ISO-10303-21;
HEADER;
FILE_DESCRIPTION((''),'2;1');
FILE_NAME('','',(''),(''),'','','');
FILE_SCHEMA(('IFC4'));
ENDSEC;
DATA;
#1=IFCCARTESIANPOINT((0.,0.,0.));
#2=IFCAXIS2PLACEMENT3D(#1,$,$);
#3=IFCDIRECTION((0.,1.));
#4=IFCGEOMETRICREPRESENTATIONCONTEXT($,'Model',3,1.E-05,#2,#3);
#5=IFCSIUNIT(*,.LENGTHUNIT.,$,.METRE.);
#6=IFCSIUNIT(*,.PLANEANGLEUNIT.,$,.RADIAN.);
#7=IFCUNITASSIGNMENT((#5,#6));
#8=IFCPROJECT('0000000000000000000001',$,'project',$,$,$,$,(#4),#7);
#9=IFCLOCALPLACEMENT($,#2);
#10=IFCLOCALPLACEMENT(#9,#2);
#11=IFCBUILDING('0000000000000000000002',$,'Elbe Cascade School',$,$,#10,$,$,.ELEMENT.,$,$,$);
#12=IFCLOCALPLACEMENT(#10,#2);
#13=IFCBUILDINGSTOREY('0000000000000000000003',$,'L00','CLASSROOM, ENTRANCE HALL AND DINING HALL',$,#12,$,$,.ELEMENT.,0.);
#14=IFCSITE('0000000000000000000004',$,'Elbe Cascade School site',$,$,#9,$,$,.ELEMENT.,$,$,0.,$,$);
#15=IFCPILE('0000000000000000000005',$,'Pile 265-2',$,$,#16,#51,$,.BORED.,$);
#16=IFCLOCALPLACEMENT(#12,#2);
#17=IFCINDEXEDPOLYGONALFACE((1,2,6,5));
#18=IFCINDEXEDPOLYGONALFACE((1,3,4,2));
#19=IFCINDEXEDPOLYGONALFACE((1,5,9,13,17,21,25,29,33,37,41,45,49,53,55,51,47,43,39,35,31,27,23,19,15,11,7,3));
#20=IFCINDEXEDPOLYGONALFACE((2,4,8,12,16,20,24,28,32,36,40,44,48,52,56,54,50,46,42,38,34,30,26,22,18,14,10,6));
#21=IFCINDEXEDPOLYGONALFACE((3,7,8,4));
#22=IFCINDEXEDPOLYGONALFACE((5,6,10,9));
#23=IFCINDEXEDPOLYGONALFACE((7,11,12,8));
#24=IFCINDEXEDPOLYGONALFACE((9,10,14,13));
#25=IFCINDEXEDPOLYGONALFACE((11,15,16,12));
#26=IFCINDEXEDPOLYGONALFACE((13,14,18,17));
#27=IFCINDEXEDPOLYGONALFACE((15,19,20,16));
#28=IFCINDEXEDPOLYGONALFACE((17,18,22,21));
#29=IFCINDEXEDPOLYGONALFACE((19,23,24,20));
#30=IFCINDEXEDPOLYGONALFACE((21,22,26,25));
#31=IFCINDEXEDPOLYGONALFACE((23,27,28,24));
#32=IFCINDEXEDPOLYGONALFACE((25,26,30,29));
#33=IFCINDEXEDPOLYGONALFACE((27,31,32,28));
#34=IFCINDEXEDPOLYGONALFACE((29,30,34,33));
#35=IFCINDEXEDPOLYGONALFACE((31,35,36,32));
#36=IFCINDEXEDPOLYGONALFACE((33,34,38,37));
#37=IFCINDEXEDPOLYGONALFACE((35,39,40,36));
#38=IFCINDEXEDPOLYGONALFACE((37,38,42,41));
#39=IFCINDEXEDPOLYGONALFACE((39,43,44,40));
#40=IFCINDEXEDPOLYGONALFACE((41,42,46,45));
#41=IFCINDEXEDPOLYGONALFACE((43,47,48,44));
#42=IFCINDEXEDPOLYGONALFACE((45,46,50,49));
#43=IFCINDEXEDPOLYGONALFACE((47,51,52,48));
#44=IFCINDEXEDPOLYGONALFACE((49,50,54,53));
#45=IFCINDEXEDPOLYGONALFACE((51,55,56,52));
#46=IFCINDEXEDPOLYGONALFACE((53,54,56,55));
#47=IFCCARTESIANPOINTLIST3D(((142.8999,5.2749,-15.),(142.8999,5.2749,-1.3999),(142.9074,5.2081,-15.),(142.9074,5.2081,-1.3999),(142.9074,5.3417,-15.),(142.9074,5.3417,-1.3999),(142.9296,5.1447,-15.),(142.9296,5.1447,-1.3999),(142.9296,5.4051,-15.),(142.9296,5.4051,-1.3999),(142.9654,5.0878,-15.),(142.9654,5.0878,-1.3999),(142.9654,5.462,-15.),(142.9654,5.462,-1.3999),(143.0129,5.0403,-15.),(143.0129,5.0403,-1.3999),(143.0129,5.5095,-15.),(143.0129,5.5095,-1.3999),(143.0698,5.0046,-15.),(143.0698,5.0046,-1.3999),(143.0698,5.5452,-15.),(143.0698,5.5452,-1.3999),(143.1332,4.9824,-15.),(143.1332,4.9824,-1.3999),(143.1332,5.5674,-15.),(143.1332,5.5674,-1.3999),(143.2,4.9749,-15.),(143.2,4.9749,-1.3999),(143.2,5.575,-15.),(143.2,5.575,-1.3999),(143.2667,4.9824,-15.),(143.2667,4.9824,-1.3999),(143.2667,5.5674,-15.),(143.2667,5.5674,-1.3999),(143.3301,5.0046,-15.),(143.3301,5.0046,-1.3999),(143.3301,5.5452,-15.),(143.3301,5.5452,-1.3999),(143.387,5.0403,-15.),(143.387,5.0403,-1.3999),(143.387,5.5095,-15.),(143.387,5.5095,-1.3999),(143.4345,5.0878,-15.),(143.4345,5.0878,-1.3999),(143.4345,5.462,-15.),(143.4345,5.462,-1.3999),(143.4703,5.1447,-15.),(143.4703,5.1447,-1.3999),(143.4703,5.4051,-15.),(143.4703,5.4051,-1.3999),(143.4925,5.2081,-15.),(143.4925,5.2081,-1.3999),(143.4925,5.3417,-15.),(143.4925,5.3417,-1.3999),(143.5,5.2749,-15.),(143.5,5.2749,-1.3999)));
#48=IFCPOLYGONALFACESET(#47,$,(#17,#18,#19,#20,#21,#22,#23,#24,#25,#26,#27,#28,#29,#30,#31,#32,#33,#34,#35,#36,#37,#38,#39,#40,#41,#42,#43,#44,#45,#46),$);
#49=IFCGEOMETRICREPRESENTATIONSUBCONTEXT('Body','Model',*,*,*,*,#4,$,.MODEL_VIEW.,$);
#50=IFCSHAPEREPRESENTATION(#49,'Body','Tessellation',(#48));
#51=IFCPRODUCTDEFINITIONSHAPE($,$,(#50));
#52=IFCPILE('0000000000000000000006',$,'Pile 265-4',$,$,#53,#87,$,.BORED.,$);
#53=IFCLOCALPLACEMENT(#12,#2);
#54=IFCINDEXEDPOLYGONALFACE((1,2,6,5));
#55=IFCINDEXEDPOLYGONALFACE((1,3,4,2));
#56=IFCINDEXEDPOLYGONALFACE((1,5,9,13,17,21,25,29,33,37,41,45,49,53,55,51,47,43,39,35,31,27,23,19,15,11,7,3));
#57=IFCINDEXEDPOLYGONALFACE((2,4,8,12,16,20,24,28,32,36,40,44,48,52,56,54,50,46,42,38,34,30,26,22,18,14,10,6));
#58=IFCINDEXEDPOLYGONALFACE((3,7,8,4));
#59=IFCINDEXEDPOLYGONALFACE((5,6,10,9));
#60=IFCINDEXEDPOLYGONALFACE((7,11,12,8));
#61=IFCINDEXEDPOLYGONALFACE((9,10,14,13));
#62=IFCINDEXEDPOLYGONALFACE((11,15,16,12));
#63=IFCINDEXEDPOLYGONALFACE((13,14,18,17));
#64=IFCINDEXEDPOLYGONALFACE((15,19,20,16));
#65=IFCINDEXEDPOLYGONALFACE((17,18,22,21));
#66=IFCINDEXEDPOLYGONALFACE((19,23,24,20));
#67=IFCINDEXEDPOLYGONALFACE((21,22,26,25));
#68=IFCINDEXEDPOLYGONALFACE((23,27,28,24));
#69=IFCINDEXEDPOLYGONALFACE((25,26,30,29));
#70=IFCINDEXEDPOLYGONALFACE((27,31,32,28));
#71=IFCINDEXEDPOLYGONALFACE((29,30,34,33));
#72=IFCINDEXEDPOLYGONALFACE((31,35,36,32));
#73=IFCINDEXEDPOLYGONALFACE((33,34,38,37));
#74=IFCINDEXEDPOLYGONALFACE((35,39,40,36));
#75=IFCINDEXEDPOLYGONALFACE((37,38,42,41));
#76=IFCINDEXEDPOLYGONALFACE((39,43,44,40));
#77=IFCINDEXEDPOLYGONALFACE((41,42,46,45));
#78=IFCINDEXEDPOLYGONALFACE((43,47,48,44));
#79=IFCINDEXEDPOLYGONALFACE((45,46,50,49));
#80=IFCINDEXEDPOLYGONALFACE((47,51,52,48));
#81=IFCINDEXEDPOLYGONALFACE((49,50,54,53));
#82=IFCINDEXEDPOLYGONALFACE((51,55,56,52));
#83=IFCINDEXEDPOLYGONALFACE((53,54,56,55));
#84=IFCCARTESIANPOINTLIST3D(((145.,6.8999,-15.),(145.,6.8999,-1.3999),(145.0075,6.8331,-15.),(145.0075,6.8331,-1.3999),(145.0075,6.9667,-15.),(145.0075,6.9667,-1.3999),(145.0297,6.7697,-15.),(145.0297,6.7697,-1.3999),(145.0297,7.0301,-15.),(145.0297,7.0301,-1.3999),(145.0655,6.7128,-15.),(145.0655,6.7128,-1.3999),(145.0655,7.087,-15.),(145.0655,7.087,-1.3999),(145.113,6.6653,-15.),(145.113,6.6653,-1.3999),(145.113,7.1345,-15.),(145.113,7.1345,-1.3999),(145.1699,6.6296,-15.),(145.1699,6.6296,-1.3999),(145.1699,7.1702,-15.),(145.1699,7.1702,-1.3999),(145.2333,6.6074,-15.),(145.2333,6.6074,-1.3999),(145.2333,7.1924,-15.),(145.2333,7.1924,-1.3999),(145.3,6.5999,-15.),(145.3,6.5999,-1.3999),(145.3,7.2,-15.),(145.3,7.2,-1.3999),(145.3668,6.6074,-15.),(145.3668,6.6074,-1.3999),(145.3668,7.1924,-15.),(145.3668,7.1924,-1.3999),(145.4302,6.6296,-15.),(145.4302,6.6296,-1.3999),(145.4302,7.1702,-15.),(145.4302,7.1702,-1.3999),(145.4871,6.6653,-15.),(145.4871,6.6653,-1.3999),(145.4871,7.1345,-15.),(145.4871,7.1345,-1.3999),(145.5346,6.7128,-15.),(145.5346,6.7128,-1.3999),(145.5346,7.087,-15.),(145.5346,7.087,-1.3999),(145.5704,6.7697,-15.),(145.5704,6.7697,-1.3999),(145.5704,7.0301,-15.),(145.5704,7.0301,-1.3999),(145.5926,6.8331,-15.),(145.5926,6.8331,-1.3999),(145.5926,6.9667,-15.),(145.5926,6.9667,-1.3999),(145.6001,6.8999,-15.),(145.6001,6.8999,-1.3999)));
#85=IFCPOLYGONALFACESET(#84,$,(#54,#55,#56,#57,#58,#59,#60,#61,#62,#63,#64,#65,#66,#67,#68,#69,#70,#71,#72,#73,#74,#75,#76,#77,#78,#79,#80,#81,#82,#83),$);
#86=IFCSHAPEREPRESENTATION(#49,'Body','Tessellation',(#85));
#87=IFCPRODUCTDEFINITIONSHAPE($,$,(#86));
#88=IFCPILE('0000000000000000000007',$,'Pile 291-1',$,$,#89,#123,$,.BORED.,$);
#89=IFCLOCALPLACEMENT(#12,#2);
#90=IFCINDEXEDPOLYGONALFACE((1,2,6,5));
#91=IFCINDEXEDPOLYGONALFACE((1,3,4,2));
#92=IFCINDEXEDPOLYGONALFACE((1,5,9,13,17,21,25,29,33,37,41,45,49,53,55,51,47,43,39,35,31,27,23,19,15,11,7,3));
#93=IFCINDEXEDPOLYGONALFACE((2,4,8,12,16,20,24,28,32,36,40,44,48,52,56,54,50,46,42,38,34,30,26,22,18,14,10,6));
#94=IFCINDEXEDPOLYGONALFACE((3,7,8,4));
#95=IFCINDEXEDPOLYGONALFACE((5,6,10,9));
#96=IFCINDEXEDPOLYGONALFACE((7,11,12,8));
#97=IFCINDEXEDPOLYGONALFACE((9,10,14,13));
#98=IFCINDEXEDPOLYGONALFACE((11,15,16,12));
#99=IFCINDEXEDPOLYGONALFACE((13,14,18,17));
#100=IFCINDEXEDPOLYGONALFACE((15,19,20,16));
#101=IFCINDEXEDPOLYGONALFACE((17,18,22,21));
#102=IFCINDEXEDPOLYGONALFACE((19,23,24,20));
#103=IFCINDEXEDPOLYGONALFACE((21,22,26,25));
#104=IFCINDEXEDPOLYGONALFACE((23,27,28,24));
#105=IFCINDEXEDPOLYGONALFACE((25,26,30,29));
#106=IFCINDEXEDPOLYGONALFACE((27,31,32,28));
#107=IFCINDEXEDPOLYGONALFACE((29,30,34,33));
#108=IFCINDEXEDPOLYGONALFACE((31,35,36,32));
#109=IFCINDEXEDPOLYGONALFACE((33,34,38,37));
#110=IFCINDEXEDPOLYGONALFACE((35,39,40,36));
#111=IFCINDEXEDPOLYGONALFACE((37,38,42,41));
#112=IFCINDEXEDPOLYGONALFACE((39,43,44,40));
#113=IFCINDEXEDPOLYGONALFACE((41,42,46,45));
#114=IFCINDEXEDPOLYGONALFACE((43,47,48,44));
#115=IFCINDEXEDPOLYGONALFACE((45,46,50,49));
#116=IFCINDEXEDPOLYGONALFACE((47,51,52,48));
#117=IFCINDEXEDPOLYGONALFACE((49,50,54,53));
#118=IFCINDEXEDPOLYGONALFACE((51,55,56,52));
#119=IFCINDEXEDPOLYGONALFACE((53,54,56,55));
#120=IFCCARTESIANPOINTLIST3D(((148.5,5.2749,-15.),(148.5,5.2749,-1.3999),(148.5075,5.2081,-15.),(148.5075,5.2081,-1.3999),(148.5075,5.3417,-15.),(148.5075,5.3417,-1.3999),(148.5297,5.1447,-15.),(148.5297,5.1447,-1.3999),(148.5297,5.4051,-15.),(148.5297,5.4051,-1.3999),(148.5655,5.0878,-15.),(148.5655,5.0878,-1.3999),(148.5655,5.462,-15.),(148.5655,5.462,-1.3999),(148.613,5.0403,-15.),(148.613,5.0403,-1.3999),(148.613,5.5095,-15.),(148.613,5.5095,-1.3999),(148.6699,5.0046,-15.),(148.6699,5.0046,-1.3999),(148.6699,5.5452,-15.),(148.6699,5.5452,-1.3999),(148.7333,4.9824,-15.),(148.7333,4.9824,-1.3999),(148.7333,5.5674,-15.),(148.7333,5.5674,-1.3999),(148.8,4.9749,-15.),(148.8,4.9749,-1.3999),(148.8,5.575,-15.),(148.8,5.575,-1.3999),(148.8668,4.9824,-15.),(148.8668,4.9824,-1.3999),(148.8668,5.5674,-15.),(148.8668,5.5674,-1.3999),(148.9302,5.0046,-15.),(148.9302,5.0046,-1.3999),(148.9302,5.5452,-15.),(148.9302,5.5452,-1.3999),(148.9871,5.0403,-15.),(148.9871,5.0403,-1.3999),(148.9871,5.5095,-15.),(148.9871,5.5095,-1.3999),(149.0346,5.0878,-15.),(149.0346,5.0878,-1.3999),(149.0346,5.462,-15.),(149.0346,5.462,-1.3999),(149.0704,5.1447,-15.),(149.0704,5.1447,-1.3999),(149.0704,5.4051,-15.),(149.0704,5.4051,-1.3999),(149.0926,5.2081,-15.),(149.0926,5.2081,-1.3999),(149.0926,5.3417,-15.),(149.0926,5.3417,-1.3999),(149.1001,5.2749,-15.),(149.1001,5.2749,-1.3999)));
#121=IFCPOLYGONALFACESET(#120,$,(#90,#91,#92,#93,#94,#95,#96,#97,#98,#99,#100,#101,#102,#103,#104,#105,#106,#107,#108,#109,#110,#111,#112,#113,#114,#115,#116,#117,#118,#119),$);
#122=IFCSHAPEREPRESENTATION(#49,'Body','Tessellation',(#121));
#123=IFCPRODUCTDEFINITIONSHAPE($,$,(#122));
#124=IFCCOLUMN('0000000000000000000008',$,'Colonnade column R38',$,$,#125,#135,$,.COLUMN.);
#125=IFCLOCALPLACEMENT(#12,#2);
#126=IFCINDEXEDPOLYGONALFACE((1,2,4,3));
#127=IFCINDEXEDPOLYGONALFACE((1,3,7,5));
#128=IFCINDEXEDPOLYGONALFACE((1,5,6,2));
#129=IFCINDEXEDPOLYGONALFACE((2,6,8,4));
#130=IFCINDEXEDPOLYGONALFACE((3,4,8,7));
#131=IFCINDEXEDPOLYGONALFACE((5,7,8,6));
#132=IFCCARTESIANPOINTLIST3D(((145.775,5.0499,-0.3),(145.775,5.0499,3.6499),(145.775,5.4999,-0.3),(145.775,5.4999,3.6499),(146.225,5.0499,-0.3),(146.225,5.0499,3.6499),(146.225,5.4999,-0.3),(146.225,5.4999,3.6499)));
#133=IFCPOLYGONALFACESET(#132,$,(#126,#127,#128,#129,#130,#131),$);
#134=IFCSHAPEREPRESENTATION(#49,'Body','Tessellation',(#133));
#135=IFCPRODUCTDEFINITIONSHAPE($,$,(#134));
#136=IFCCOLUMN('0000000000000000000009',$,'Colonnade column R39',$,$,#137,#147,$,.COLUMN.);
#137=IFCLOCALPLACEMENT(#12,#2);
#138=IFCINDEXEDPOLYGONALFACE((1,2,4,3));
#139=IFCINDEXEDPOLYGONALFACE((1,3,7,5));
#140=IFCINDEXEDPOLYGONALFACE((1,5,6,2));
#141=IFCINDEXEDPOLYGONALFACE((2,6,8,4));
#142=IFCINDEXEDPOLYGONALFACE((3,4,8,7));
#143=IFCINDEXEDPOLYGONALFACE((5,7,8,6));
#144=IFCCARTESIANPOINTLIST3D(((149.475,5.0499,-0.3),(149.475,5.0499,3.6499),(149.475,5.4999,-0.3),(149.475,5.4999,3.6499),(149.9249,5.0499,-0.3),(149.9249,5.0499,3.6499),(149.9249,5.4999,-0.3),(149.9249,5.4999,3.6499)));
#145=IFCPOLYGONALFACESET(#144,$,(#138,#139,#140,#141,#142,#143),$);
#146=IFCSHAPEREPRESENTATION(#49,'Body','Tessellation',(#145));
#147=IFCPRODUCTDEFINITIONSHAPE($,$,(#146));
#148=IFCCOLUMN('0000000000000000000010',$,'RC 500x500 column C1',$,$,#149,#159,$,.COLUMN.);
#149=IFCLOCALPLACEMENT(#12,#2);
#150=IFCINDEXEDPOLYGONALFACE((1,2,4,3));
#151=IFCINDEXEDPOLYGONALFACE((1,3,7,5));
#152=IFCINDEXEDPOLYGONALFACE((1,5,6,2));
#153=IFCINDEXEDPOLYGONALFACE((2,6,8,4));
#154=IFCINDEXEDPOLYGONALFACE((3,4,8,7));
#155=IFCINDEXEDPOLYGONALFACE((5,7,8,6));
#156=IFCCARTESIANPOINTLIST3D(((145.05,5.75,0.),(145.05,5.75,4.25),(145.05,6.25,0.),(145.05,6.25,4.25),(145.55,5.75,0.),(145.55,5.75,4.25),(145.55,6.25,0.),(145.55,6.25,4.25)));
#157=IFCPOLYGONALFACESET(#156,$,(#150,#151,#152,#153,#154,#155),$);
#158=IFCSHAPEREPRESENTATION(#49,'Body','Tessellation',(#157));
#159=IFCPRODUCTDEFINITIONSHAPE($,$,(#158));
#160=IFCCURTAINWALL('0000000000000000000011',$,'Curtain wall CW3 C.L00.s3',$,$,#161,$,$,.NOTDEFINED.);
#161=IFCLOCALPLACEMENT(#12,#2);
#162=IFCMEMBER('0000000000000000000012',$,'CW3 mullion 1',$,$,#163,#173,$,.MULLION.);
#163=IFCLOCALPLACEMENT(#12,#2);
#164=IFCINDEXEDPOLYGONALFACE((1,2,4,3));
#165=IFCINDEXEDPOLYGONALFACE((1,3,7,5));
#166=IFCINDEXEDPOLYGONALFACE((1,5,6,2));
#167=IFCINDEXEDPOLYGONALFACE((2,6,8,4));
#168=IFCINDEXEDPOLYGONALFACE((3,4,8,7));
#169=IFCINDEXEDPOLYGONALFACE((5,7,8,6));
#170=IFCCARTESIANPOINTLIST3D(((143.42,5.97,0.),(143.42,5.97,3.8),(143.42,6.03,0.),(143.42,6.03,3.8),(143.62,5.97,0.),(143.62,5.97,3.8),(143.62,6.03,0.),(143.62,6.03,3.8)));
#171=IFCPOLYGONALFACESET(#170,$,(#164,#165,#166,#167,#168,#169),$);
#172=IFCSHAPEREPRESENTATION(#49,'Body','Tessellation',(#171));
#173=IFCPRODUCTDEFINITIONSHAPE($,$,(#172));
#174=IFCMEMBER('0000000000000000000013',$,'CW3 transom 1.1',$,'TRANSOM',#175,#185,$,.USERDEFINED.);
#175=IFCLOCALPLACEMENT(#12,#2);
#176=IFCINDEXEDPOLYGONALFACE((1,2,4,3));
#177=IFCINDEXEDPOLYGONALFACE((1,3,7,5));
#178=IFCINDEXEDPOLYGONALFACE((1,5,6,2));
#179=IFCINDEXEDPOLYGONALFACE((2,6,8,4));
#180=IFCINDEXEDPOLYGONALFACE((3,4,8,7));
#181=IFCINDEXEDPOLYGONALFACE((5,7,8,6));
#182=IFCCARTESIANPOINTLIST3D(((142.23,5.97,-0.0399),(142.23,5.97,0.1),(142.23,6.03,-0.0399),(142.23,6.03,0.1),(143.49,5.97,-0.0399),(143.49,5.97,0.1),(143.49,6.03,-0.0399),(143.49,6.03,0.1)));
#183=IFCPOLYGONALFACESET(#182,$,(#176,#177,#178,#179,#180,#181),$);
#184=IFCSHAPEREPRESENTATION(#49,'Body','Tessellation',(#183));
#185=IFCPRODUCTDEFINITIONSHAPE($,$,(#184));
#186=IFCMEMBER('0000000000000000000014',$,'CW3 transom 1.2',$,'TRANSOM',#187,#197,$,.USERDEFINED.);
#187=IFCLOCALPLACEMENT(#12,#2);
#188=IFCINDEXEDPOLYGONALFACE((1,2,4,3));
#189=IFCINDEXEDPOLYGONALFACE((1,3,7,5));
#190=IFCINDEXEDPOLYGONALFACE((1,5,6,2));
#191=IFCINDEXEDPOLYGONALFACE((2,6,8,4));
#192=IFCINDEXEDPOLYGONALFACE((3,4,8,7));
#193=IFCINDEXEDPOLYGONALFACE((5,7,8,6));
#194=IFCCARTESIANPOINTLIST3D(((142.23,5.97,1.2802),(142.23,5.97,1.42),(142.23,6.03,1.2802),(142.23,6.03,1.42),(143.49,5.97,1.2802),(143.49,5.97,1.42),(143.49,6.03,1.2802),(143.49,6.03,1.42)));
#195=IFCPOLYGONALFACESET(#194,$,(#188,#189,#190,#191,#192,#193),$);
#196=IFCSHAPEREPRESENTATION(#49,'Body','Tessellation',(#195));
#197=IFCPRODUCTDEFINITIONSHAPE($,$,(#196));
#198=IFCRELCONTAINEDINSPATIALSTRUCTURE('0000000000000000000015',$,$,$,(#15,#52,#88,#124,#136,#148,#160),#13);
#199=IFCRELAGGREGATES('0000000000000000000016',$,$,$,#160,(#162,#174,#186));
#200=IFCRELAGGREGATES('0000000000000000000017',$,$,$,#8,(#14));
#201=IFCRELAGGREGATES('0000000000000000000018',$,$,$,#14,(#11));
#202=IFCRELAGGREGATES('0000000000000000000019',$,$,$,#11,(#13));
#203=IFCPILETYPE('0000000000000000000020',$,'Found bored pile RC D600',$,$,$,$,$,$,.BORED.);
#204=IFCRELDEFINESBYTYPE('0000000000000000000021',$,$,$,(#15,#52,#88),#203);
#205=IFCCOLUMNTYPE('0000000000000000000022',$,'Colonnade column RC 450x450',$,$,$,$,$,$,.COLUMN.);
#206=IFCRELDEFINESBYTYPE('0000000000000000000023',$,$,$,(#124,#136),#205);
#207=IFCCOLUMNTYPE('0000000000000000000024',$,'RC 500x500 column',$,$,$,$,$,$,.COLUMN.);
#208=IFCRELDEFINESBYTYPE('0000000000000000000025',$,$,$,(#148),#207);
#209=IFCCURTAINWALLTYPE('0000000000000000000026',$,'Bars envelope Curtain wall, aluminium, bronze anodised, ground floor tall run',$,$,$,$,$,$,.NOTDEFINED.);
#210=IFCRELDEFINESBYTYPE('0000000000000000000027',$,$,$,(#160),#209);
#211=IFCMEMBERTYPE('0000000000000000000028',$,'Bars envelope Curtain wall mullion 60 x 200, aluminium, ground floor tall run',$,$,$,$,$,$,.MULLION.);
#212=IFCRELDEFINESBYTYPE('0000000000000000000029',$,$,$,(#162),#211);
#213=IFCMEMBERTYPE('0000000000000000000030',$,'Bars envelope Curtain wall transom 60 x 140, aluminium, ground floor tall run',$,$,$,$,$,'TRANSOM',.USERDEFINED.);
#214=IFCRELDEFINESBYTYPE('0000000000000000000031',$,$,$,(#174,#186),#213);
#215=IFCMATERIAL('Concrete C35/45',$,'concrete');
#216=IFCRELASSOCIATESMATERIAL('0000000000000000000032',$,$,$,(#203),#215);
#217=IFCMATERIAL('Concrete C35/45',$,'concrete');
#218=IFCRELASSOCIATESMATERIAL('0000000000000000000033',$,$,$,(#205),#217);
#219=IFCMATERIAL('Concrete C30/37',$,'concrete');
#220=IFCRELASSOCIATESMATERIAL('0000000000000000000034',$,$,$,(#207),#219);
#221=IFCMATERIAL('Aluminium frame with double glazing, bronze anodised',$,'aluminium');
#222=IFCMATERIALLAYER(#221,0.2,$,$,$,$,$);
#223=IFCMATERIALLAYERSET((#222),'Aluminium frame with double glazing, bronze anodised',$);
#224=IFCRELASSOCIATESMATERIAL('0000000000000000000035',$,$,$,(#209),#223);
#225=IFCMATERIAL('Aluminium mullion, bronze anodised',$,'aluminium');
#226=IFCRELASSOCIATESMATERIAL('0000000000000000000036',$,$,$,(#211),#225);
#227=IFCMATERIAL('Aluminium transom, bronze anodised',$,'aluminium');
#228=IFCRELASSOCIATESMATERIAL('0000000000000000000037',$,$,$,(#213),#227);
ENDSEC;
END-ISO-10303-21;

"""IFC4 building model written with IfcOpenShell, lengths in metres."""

from ifc_helpers import new_model, si_unit, direction, frame, origin, origin_2d, place, context, subcontext, project, spatial, rectangle, circle, extrude, material, layer, layer_set, material_profile, profile_set, type_object, element, aggregate, save


model = new_model("IFC4")

# Units and contexts
model_context = context("Model", 3, precision=1e-05, world=origin(), true_north=direction((0.0, 1.0)))
body_context = subcontext(model_context, "Body", "Model", "MODEL_VIEW")
ifc_project = project(units=[si_unit("LENGTHUNIT", "METRE"), si_unit("PLANEANGLEUNIT", "RADIAN")], contexts=[model_context])

# Site, building, storey
site_placement = place(None, origin())
site = spatial("IfcSite", under=ifc_project, at=site_placement, Name="Elbe Cascade School site", CompositionType="ELEMENT", RefElevation=0.0)
building_placement = place(site_placement, origin())
building = spatial("IfcBuilding", under=site, at=building_placement, Name="Elbe Cascade School", CompositionType="ELEMENT")
storey_placement = place(building_placement, origin())
storey = spatial("IfcBuildingStorey", under=building, at=storey_placement, Name="L00", Description="CLASSROOM, ENTRANCE HALL AND DINING HALL", CompositionType="ELEMENT", Elevation=0.0)

# Piles
ifc_material_1 = material(Name="Concrete C35/45", Category="concrete")
ifc_material_profile_1 = material_profile(ifc_material_1, circle(Radius=0.3, at=origin_2d()), Name="RC D600")
ifc_profile_set_1 = profile_set([ifc_material_profile_1], Name="Concrete C35/45")
pile_type = type_object("IfcPileType", Name="Found bored pile RC D600", PredefinedType="BORED", material=ifc_profile_set_1)
for number, where, z_axis, x_axis, name in (
    (1, (143.2, 5.2749, -1.3999), (0.0, 0.0, -1.0), (1.0, 0.0, 0.0), "Pile 265-2"),
    (2, (145.3, 6.8999, -1.3999), (0.0, 0.0, -1.0), (1.0, 0.0, 0.0), "Pile 265-4"),
    (3, (148.8, 5.2749, -1.3999), (0.0, 0.0, -1.0), (1.0, 0.0, 0.0), "Pile 291-1"),
):
    element("IfcPile", number, at=place(storey_placement, frame(where, z_axis=z_axis, x_axis=x_axis)), inside=storey, type_object=pile_type, Name=name, PredefinedType="BORED", context=body_context, shape_type="SweptSolid", body=[
        extrude(circle(Radius=0.3, at=origin_2d()), origin(), (0.0, 0.0, 1.0), 13.6001),
    ])

# Columns
ifc_material_2 = material(Name="Concrete C35/45", Category="concrete")
ifc_material_profile_2 = material_profile(ifc_material_2, rectangle(XDim=0.45, YDim=0.45, at=origin_2d()), Name="RC 450x450")
ifc_profile_set_2 = profile_set([ifc_material_profile_2], Name="Concrete C35/45")
column_type_1 = type_object("IfcColumnType", Name="Colonnade column RC 450x450", PredefinedType="COLUMN", material=ifc_profile_set_2)
for number, where, z_axis, x_axis, name in (
    (4, (146.0, 5.2749, -0.3), (0.0, 0.0, 1.0), (1.0, 0.0, 0.0), "Colonnade column R38"),
    (5, (149.7, 5.2749, -0.3), (0.0, 0.0, 1.0), (1.0, 0.0, 0.0), "Colonnade column R39"),
):
    element("IfcColumn", number, at=place(storey_placement, frame(where, z_axis=z_axis, x_axis=x_axis)), inside=storey, type_object=column_type_1, Name=name, PredefinedType="COLUMN", context=body_context, shape_type="SweptSolid", body=[
        extrude(rectangle(XDim=0.45, YDim=0.45, at=origin_2d()), origin(), (0.0, 0.0, 1.0), 3.95),
    ])
ifc_material_3 = material(Name="Concrete C30/37", Category="concrete")
ifc_material_profile_3 = material_profile(ifc_material_3, rectangle(XDim=0.5, YDim=0.5, at=origin_2d()), Name="RC 500x500")
ifc_profile_set_3 = profile_set([ifc_material_profile_3], Name="Concrete C30/37")
column_type_2 = type_object("IfcColumnType", Name="RC 500x500 column", PredefinedType="COLUMN", material=ifc_profile_set_3)
column_placement = place(storey_placement, frame((145.3, 6.0, 0.0), z_axis=(0.0, 0.0, 1.0), x_axis=(1.0, 0.0, 0.0)))
element("IfcColumn", 6, at=column_placement, inside=storey, type_object=column_type_2, Name="RC 500x500 column C1", PredefinedType="COLUMN", context=body_context, shape_type="SweptSolid", body=[
    extrude(rectangle(XDim=0.5, YDim=0.5, at=origin_2d()), origin(), (0.0, 0.0, 1.0), 4.25),
])

# Curtain wall, members
ifc_material_4 = material(Name="Aluminium frame with double glazing, bronze anodised", Category="aluminium")
ifc_layer_1 = layer(ifc_material_4, 0.2)
ifc_layer_set_1 = layer_set([ifc_layer_1], Name="Aluminium frame with double glazing, bronze anodised")
curtain_wall_type = type_object("IfcCurtainWallType", Name="Bars envelope Curtain wall, aluminium, bronze anodised, ground floor tall run", PredefinedType="NOTDEFINED", material=ifc_layer_set_1)
curtain_wall_placement = place(storey_placement, origin())
curtain_wall = element("IfcCurtainWall", 7, at=curtain_wall_placement, inside=storey, type_object=curtain_wall_type, Name="Curtain wall CW3 C.L00.s3", PredefinedType="NOTDEFINED")
ifc_material_5 = material(Name="Aluminium mullion, bronze anodised", Category="aluminium")
ifc_material_profile_4 = material_profile(ifc_material_5, rectangle(XDim=0.0601, YDim=0.2, at=origin_2d()), Name="Bars envelope Curtain wall mullion 60 x 200, aluminium, ground floor tall run")
ifc_profile_set_4 = profile_set([ifc_material_profile_4], Name="Aluminium mullion, bronze anodised")
member_type_1 = type_object("IfcMemberType", Name="Bars envelope Curtain wall mullion 60 x 200, aluminium, ground floor tall run", PredefinedType="MULLION", material=ifc_profile_set_4)
member_1_placement = place(storey_placement, frame((143.52, 6.0, 0.0), z_axis=(0.0, 0.0, 1.0), x_axis=(0.0, -1.0, 0.0)))
member_1 = element("IfcMember", 8, at=member_1_placement, type_object=member_type_1, Name="CW3 mullion 1", PredefinedType="MULLION", context=body_context, shape_type="SweptSolid", body=[
    extrude(rectangle(XDim=0.0601, YDim=0.2, at=origin_2d()), origin(), (0.0, 0.0, 1.0), 3.8),
])
ifc_material_6 = material(Name="Aluminium transom, bronze anodised", Category="aluminium")
ifc_material_profile_5 = material_profile(ifc_material_6, rectangle(XDim=0.0601, YDim=0.1399, at=origin_2d()), Name="Bars envelope Curtain wall transom 60 x 140, aluminium, ground floor tall run")
ifc_profile_set_5 = profile_set([ifc_material_profile_5], Name="Aluminium transom, bronze anodised")
member_type_2 = type_object("IfcMemberType", Name="Bars envelope Curtain wall transom 60 x 140, aluminium, ground floor tall run", ElementType="TRANSOM", PredefinedType="USERDEFINED", material=ifc_profile_set_5)
member_2_placement = place(storey_placement, frame((143.49, 6.0, 0.03), z_axis=(-1.0, 0.0, 0.0), x_axis=(0.0, -1.0, 0.0)))
member_2 = element("IfcMember", 9, at=member_2_placement, type_object=member_type_2, Name="CW3 transom 1.1", ObjectType="TRANSOM", PredefinedType="USERDEFINED", context=body_context, shape_type="SweptSolid", body=[
    extrude(rectangle(XDim=0.0601, YDim=0.1399, at=origin_2d()), origin(), (0.0, 0.0, 1.0), 1.26),
])
member_3_placement = place(storey_placement, frame((143.49, 6.0, 1.3501), z_axis=(-1.0, 0.0, 0.0), x_axis=(0.0, -1.0, 0.0)))
member_3 = element("IfcMember", 10, at=member_3_placement, type_object=member_type_2, Name="CW3 transom 1.2", ObjectType="TRANSOM", PredefinedType="USERDEFINED", context=body_context, shape_type="SweptSolid", body=[
    extrude(rectangle(XDim=0.0601, YDim=0.1399, at=origin_2d()), origin(), (0.0, 0.0, 1.0), 1.26),
])

aggregate(curtain_wall, [member_1, member_2, member_3])

save(model, "model.ifc")
